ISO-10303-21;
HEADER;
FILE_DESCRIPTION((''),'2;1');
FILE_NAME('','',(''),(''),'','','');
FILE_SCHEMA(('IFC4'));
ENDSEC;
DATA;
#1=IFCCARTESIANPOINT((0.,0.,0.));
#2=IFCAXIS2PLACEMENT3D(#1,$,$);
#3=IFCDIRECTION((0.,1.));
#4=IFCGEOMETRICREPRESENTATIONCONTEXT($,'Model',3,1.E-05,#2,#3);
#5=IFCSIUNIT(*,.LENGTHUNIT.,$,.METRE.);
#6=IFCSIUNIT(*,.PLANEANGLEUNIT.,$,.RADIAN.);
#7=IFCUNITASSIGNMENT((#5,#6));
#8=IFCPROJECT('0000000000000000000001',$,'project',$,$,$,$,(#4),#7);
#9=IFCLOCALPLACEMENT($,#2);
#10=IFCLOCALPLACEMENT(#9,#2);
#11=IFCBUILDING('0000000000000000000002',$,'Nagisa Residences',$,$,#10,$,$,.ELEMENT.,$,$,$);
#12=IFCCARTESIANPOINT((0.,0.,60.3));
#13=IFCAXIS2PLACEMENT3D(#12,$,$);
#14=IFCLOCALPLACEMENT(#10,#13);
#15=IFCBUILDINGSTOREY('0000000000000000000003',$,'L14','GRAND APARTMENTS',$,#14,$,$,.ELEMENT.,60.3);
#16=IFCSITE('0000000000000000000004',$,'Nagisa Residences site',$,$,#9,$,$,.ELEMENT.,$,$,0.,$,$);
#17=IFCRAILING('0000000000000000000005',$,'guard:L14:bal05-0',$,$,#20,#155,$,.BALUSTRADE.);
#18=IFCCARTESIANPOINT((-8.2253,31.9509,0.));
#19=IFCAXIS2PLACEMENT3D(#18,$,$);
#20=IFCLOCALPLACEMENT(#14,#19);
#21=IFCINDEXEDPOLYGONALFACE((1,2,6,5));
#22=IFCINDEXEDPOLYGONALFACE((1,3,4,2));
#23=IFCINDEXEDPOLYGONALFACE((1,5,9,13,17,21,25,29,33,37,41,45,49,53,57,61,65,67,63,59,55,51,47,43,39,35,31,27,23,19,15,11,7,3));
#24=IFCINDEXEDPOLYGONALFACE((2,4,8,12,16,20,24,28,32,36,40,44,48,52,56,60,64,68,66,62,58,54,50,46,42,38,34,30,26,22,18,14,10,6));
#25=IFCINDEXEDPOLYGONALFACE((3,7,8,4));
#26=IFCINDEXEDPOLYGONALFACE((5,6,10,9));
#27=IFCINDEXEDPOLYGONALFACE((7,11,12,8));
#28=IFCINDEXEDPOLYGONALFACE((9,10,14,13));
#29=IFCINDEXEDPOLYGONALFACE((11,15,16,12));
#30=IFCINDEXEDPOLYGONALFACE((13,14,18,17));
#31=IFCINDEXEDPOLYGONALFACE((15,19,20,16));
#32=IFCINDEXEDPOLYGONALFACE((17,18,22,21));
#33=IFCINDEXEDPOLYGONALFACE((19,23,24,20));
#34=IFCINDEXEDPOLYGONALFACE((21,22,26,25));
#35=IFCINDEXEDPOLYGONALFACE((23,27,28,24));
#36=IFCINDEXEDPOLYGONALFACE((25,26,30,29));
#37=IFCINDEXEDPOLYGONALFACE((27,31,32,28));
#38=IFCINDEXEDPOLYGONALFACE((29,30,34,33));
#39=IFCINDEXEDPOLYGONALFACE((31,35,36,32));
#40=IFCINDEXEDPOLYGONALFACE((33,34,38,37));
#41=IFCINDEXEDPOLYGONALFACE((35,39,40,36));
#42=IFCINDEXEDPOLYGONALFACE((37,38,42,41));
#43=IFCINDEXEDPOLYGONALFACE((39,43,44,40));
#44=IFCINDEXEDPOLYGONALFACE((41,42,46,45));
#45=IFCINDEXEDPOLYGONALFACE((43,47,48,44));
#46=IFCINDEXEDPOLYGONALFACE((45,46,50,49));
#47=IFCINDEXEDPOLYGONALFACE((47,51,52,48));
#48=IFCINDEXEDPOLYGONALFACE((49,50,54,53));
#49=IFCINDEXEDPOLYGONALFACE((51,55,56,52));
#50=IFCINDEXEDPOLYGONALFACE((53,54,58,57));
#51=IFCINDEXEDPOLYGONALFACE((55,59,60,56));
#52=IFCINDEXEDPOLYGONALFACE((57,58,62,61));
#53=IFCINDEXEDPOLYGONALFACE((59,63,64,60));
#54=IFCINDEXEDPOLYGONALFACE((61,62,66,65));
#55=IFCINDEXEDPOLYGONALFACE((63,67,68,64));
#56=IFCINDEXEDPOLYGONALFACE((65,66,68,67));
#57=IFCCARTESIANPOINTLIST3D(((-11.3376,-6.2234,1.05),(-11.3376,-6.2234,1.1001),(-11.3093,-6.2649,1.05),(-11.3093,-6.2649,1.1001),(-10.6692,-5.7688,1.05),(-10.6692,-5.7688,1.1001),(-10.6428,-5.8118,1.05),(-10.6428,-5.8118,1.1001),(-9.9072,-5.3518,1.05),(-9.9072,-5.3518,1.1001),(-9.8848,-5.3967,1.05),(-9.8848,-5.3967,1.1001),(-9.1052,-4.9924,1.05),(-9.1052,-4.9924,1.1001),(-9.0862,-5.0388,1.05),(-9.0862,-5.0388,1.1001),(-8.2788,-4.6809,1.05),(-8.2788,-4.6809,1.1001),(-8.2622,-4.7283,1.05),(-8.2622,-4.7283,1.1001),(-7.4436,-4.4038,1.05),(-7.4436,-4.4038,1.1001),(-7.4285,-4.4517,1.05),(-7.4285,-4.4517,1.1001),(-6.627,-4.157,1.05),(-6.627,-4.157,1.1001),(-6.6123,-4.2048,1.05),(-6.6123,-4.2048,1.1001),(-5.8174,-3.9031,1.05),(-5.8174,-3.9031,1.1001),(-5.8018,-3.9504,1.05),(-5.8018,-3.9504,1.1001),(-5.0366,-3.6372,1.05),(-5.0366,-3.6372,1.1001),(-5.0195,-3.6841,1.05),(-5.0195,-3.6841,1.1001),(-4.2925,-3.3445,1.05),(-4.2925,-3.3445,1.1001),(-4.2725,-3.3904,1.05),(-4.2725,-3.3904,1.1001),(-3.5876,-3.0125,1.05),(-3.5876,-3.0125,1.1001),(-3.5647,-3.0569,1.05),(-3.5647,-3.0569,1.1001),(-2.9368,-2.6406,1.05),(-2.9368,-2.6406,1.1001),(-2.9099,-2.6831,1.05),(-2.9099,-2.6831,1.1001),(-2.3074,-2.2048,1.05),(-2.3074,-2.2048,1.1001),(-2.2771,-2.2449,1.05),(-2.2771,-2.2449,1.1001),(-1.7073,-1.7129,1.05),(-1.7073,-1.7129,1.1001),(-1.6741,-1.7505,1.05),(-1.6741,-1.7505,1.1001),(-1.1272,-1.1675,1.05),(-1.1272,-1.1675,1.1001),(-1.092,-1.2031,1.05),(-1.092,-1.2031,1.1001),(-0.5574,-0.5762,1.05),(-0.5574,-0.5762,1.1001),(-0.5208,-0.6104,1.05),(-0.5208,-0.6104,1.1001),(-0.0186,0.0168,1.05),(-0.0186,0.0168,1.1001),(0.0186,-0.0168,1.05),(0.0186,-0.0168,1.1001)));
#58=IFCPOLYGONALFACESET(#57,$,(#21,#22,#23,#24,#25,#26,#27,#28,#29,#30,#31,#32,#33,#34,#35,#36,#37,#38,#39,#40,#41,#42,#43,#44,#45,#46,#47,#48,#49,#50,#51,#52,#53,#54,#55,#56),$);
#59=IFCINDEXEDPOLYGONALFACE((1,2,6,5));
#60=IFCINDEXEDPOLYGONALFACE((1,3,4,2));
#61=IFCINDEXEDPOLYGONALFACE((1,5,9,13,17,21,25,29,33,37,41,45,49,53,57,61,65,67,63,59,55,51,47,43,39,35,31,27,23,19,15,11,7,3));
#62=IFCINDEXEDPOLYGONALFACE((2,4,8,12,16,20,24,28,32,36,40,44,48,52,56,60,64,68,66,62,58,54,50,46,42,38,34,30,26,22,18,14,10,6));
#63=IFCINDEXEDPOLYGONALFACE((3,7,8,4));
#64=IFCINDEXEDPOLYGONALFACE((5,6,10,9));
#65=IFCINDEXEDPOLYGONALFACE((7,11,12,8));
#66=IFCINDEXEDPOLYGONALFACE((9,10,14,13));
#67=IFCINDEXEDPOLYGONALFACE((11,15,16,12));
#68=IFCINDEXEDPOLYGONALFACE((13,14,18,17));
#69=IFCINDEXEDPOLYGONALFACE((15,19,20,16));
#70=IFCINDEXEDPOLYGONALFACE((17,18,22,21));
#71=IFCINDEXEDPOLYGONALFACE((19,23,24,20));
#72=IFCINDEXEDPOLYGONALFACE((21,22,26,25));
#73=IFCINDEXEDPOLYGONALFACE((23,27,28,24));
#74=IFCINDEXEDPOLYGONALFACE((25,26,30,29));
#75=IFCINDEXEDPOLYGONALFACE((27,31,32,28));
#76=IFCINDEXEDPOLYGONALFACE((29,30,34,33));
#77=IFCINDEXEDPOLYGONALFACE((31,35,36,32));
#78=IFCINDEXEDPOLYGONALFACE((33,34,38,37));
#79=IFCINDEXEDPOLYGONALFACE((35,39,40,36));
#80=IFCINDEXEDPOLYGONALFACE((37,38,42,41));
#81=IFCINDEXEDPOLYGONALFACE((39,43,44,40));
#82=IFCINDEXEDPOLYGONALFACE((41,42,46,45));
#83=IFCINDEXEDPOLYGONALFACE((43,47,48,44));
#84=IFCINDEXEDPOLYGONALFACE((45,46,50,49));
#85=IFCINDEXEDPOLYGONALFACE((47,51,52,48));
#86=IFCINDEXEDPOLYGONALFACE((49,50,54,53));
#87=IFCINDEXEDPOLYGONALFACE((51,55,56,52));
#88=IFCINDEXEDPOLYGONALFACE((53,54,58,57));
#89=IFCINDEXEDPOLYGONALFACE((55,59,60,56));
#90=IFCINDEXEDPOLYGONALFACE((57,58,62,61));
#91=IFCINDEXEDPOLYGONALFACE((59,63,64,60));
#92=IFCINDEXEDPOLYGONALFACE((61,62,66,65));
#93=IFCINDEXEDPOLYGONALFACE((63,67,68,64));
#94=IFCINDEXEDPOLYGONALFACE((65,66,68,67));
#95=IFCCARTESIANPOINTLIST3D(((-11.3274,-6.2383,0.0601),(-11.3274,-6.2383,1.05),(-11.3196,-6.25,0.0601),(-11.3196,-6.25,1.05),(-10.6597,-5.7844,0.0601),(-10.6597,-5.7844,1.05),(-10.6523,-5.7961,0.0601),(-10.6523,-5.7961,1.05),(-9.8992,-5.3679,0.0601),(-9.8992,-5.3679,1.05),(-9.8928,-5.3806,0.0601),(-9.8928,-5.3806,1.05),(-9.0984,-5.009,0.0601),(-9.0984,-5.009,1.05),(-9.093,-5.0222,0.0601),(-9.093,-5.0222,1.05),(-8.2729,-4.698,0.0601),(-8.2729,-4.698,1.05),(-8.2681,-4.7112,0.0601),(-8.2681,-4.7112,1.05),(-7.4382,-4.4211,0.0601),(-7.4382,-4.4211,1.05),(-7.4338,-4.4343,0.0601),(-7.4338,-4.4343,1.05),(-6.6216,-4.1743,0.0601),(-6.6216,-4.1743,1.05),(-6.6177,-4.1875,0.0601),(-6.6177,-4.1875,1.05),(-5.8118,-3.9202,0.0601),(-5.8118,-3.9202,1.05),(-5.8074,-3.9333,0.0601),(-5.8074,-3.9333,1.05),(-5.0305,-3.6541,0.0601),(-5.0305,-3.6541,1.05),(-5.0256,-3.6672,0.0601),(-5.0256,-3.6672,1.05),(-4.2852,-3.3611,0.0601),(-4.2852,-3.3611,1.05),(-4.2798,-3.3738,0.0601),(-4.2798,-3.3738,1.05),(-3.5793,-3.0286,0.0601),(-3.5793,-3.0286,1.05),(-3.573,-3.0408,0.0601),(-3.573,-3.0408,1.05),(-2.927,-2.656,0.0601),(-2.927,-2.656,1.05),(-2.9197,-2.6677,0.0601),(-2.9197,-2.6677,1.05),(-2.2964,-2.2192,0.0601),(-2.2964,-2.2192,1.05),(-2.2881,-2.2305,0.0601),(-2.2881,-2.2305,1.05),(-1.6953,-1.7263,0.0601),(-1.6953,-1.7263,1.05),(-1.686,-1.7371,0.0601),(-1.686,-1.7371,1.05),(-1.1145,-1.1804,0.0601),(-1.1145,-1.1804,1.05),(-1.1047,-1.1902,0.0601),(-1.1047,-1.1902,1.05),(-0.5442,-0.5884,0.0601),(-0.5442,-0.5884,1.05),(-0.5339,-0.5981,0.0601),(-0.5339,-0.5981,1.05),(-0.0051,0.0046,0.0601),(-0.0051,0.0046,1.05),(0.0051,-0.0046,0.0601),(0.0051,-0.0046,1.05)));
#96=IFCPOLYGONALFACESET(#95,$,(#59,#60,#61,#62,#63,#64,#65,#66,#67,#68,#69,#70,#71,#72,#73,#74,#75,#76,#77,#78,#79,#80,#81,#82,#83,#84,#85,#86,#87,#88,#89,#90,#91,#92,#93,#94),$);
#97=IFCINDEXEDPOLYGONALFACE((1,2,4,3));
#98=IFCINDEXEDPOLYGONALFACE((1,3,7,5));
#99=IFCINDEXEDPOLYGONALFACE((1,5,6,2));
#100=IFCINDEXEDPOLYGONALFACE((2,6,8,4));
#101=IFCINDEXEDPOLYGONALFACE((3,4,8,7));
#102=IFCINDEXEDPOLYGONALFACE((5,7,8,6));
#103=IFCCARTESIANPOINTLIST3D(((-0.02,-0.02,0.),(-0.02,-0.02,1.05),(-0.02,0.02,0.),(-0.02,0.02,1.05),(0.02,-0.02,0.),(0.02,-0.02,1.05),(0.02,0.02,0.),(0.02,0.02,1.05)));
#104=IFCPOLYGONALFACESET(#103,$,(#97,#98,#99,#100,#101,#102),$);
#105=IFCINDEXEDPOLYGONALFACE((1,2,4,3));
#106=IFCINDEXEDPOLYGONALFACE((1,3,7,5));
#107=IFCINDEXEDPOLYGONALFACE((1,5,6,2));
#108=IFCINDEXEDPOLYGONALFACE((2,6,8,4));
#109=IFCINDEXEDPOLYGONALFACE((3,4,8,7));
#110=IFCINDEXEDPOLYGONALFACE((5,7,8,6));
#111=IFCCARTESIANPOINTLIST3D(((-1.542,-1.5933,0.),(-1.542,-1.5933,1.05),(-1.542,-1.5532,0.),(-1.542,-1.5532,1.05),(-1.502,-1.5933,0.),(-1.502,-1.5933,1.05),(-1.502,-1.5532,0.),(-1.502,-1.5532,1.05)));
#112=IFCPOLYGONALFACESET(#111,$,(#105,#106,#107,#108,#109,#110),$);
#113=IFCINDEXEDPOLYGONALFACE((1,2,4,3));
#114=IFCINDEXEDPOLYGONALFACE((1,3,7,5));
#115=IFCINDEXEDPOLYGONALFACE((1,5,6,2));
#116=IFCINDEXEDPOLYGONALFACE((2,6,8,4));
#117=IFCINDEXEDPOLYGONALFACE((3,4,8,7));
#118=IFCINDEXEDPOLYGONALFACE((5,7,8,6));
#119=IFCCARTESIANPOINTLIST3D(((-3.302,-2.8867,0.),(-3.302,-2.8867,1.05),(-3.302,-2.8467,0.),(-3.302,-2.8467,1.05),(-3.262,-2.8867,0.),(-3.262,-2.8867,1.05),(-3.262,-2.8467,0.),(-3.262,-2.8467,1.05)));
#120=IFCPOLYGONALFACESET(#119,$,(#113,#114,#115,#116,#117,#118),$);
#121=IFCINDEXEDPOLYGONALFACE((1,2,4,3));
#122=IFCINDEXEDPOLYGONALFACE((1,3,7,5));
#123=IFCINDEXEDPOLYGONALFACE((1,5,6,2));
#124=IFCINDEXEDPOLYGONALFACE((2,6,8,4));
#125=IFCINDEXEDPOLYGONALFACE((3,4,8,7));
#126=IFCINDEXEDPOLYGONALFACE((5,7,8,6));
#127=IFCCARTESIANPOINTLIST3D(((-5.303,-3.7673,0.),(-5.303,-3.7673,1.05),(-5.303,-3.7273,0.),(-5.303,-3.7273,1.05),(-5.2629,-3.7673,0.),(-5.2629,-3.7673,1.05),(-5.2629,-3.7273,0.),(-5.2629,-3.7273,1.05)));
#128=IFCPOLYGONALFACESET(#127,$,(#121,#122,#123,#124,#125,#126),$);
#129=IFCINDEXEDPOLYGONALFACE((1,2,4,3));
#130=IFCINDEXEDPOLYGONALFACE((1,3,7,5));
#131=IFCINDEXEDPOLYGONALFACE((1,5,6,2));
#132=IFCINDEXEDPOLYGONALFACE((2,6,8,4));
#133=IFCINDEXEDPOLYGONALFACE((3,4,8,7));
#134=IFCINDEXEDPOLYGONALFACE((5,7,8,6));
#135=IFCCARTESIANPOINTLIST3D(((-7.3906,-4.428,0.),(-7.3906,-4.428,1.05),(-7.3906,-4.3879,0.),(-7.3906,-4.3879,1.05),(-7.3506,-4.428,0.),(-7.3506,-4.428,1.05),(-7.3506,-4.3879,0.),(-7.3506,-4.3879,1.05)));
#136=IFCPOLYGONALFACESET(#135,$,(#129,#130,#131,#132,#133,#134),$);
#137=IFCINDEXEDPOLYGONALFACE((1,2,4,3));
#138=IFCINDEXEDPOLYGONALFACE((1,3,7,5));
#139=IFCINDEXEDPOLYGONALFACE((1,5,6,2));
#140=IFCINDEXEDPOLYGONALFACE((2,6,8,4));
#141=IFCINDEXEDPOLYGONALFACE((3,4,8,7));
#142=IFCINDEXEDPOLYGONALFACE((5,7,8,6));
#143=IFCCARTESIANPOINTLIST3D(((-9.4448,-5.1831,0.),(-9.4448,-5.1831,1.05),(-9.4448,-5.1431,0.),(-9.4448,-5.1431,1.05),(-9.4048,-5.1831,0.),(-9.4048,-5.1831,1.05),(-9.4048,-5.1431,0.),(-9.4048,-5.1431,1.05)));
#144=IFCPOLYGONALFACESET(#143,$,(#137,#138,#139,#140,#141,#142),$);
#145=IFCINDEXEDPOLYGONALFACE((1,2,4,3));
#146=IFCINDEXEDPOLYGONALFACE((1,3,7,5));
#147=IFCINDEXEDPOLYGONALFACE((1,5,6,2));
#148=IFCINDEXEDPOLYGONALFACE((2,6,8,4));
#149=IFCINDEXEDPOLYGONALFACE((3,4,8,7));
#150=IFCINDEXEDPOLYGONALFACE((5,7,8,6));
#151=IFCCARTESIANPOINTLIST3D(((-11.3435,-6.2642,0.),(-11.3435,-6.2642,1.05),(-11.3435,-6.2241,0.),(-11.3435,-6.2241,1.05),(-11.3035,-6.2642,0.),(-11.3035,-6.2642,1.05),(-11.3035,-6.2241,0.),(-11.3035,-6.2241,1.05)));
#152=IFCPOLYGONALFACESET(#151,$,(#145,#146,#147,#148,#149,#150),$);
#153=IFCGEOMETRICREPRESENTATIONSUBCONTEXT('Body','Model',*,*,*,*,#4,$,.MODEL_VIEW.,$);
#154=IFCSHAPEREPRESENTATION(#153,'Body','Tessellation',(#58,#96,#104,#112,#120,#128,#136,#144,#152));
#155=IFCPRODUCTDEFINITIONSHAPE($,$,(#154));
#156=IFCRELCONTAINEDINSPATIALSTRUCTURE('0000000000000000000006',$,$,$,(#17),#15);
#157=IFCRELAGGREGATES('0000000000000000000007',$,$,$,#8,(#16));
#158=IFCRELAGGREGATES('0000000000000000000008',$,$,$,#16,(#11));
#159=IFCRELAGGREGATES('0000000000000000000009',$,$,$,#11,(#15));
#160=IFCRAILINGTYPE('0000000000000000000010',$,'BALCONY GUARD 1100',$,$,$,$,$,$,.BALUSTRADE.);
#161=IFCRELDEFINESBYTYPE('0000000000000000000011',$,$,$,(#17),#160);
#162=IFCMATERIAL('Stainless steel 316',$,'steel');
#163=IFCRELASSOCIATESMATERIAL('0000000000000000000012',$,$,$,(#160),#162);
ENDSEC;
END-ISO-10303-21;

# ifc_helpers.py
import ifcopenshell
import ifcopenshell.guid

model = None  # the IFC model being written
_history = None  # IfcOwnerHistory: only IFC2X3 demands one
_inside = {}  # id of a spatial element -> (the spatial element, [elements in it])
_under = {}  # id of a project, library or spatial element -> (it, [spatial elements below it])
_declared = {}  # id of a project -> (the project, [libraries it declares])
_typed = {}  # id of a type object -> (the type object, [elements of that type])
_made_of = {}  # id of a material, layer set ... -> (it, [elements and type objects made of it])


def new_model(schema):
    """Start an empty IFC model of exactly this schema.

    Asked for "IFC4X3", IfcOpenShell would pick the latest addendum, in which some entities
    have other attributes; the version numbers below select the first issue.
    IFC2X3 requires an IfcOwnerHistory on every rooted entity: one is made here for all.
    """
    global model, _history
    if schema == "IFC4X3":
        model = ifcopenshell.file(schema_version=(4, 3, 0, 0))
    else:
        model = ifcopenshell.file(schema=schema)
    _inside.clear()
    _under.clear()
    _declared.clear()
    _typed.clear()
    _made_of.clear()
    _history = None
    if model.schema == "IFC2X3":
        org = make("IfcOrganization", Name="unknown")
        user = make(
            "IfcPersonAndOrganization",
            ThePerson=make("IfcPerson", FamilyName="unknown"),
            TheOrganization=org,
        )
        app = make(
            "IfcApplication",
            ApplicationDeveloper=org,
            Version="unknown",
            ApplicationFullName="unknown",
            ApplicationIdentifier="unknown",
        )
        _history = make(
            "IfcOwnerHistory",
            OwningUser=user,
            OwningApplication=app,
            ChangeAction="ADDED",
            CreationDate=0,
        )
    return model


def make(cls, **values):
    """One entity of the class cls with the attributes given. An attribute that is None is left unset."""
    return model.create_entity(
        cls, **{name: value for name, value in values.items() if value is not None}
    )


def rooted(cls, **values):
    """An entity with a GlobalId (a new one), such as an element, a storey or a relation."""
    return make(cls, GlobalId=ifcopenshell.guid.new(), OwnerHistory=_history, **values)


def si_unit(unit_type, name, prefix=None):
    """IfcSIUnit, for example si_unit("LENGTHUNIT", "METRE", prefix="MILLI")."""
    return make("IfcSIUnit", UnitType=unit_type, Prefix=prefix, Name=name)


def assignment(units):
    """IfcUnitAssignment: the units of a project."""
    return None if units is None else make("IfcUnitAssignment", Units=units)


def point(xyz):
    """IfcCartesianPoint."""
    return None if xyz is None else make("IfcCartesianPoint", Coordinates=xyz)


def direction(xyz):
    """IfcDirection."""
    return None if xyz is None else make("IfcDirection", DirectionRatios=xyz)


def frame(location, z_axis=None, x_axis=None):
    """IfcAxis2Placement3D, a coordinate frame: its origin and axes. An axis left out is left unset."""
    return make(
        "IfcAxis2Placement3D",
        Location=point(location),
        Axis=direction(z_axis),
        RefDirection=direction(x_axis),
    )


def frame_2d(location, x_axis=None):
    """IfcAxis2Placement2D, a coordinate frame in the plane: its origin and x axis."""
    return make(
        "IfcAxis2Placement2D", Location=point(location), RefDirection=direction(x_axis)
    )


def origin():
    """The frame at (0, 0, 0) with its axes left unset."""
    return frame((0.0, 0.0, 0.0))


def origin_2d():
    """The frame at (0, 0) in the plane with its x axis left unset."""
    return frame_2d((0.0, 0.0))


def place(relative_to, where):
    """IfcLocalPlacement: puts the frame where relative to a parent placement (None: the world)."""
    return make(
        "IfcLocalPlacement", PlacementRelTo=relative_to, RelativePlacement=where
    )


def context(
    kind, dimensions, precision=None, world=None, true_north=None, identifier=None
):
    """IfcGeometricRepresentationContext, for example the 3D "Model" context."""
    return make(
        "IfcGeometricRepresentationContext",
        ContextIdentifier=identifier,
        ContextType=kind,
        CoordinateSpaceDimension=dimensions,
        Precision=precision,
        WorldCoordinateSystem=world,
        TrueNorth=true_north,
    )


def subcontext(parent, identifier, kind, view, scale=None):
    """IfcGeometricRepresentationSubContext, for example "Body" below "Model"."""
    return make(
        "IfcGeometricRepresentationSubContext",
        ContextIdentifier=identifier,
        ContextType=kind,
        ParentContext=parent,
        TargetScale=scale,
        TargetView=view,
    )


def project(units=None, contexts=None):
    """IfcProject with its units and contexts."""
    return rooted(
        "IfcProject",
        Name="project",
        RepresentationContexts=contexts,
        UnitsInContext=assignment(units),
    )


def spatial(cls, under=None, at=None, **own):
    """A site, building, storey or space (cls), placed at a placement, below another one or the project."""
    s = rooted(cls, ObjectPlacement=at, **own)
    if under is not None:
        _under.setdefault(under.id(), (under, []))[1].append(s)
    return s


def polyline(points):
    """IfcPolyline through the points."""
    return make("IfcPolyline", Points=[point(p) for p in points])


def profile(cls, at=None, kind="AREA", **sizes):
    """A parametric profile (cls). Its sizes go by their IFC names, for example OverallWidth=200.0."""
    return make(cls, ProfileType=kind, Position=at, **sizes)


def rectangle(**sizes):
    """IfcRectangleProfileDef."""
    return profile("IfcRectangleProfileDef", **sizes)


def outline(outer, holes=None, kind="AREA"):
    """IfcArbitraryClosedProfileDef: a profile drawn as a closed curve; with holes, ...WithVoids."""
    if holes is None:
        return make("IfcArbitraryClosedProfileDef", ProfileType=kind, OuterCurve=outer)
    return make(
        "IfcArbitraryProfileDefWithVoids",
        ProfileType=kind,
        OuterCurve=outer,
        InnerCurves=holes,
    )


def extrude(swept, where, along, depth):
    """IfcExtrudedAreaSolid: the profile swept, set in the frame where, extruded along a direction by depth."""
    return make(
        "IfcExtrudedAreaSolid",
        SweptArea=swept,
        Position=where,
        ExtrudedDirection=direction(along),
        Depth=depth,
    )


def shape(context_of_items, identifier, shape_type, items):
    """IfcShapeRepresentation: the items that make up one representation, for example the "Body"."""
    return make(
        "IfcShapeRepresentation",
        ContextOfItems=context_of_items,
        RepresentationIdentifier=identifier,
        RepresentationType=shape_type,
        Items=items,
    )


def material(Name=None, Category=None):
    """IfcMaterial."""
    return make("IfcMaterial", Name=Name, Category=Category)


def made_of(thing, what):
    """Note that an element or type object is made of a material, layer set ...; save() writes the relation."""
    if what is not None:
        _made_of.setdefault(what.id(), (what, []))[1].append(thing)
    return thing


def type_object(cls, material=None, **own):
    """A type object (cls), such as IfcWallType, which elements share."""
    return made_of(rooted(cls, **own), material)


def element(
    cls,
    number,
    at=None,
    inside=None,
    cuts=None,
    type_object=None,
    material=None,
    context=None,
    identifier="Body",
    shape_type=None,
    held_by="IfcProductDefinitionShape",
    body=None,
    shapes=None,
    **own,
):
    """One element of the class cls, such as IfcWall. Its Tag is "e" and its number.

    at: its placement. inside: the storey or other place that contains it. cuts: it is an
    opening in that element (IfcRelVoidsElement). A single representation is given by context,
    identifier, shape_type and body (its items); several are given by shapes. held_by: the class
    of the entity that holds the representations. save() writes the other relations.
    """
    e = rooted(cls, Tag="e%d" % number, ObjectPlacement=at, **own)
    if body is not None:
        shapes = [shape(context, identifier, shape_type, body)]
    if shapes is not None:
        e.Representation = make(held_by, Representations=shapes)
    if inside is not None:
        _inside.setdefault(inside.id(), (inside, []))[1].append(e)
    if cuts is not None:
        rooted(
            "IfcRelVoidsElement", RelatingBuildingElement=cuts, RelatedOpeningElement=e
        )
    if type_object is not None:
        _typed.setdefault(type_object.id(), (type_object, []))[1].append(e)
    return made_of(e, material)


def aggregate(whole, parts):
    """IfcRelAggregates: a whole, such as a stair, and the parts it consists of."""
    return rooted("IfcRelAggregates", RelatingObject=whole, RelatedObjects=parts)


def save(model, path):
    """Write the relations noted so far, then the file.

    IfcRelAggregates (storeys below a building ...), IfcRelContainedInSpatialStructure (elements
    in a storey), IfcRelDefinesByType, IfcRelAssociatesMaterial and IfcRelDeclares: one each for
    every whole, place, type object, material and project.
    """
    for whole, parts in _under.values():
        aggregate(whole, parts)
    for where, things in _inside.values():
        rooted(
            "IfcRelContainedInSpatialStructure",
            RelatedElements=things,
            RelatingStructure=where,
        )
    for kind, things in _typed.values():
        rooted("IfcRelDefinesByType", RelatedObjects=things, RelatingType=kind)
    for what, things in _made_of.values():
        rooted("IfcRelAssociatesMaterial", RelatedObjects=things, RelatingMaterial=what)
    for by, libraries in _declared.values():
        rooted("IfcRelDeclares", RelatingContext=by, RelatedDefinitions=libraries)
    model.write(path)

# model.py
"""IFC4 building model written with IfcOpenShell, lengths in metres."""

from ifc_helpers import new_model, si_unit, direction, frame, origin, origin_2d, place, context, subcontext, project, spatial, polyline, rectangle, outline, extrude, material, type_object, element, save


model = new_model("IFC4")

# Units and contexts
model_context = context("Model", 3, precision=1e-05, world=origin(), true_north=direction((0.0, 1.0)))
body_context = subcontext(model_context, "Body", "Model", "MODEL_VIEW")
ifc_project = project(units=[si_unit("LENGTHUNIT", "METRE"), si_unit("PLANEANGLEUNIT", "RADIAN")], contexts=[model_context])

# Site, building, storey
site_placement = place(None, origin())
site = spatial("IfcSite", under=ifc_project, at=site_placement, Name="Nagisa Residences site", CompositionType="ELEMENT", RefElevation=0.0)
building_placement = place(site_placement, origin())
building = spatial("IfcBuilding", under=site, at=building_placement, Name="Nagisa Residences", CompositionType="ELEMENT")
storey_placement = place(building_placement, frame((0.0, 0.0, 60.3)))
storey = spatial("IfcBuildingStorey", under=building, at=storey_placement, Name="L14", Description="GRAND APARTMENTS", CompositionType="ELEMENT", Elevation=60.3)

# Railing
ifc_material_1 = material(Name="Stainless steel 316", Category="steel")
railing_type = type_object("IfcRailingType", Name="BALCONY GUARD 1100", PredefinedType="BALUSTRADE", material=ifc_material_1)
railing_placement = place(storey_placement, frame((-8.2253, 31.9509, 0.0)))
element("IfcRailing", 1, at=railing_placement, inside=storey, type_object=railing_type, Name="guard:L14:bal05-0", PredefinedType="BALUSTRADE", context=body_context, shape_type="SweptSolid", body=[
    extrude(outline(polyline([(-0.5208, -0.6104), (0.0186, -0.0168), (-0.0186, 0.0168), (-0.5574, -0.5762), (-1.1272, -1.1675), (-1.7073, -1.7129), (-2.3074, -2.2048), (-2.9368, -2.6406), (-3.5876, -3.0125), (-4.2925, -3.3445), (-5.0366, -3.6372), (-5.8174, -3.9031), (-6.627, -4.157), (-7.4436, -4.4038), (-8.2788, -4.6809), (-9.1052, -4.9924), (-9.9072, -5.3518), (-10.6692, -5.7688), (-11.3376, -6.2234), (-11.3093, -6.2649), (-10.6428, -5.8118), (-9.8848, -5.3967), (-9.0862, -5.0388), (-8.2622, -4.7283), (-7.4285, -4.4517), (-6.6123, -4.2048), (-5.8018, -3.9504), (-5.0195, -3.6841), (-4.2725, -3.3904), (-3.5647, -3.0569), (-2.9099, -2.6831), (-2.2771, -2.2449), (-1.6741, -1.7505), (-1.092, -1.2031), (-0.5208, -0.6104)])), frame((0.0, 0.0, 1.05)), (0.0, 0.0, 1.0), 0.05),
    extrude(outline(polyline([(-0.5339, -0.5981), (0.0051, -0.0046), (-0.0051, 0.0046), (-0.5442, -0.5884), (-1.1145, -1.1804), (-1.6953, -1.7263), (-2.2964, -2.2192), (-2.927, -2.656), (-3.5793, -3.0286), (-4.2852, -3.3611), (-5.0305, -3.6541), (-5.8118, -3.9202), (-6.6216, -4.1743), (-7.4382, -4.4211), (-8.2729, -4.698), (-9.0984, -5.009), (-9.8992, -5.3679), (-10.6597, -5.7844), (-11.3274, -6.2383), (-11.3196, -6.25), (-10.6523, -5.7961), (-9.8928, -5.3806), (-9.093, -5.0222), (-8.2681, -4.7112), (-7.4338, -4.4343), (-6.6177, -4.1875), (-5.8074, -3.9333), (-5.0256, -3.6672), (-4.2798, -3.3738), (-3.573, -3.0408), (-2.9197, -2.6677), (-2.2881, -2.2305), (-1.686, -1.7371), (-1.1047, -1.1902), (-0.5339, -0.5981)])), frame((0.0, 0.0, 0.0601)), (0.0, 0.0, 1.0), 0.99),
    extrude(rectangle(XDim=0.04, YDim=0.04, at=origin_2d()), origin(), (0.0, 0.0, 1.0), 1.05),
    extrude(rectangle(XDim=0.04, YDim=0.04, at=origin_2d()), frame((-1.522, -1.5732, 0.0)), (0.0, 0.0, 1.0), 1.05),
    extrude(rectangle(XDim=0.04, YDim=0.04, at=origin_2d()), frame((-3.282, -2.8667, 0.0)), (0.0, 0.0, 1.0), 1.05),
    extrude(rectangle(XDim=0.04, YDim=0.04, at=origin_2d()), frame((-5.283, -3.7473, 0.0)), (0.0, 0.0, 1.0), 1.05),
    extrude(rectangle(XDim=0.04, YDim=0.04, at=origin_2d()), frame((-7.3706, -4.408, 0.0)), (0.0, 0.0, 1.0), 1.05),
    extrude(rectangle(XDim=0.04, YDim=0.04, at=origin_2d()), frame((-9.4248, -5.1631, 0.0)), (0.0, 0.0, 1.0), 1.05),
    extrude(rectangle(XDim=0.04, YDim=0.04, at=origin_2d()), frame((-11.3235, -6.2441, 0.0)), (0.0, 0.0, 1.0), 1.05),
])

save(model, "model.ifc")
